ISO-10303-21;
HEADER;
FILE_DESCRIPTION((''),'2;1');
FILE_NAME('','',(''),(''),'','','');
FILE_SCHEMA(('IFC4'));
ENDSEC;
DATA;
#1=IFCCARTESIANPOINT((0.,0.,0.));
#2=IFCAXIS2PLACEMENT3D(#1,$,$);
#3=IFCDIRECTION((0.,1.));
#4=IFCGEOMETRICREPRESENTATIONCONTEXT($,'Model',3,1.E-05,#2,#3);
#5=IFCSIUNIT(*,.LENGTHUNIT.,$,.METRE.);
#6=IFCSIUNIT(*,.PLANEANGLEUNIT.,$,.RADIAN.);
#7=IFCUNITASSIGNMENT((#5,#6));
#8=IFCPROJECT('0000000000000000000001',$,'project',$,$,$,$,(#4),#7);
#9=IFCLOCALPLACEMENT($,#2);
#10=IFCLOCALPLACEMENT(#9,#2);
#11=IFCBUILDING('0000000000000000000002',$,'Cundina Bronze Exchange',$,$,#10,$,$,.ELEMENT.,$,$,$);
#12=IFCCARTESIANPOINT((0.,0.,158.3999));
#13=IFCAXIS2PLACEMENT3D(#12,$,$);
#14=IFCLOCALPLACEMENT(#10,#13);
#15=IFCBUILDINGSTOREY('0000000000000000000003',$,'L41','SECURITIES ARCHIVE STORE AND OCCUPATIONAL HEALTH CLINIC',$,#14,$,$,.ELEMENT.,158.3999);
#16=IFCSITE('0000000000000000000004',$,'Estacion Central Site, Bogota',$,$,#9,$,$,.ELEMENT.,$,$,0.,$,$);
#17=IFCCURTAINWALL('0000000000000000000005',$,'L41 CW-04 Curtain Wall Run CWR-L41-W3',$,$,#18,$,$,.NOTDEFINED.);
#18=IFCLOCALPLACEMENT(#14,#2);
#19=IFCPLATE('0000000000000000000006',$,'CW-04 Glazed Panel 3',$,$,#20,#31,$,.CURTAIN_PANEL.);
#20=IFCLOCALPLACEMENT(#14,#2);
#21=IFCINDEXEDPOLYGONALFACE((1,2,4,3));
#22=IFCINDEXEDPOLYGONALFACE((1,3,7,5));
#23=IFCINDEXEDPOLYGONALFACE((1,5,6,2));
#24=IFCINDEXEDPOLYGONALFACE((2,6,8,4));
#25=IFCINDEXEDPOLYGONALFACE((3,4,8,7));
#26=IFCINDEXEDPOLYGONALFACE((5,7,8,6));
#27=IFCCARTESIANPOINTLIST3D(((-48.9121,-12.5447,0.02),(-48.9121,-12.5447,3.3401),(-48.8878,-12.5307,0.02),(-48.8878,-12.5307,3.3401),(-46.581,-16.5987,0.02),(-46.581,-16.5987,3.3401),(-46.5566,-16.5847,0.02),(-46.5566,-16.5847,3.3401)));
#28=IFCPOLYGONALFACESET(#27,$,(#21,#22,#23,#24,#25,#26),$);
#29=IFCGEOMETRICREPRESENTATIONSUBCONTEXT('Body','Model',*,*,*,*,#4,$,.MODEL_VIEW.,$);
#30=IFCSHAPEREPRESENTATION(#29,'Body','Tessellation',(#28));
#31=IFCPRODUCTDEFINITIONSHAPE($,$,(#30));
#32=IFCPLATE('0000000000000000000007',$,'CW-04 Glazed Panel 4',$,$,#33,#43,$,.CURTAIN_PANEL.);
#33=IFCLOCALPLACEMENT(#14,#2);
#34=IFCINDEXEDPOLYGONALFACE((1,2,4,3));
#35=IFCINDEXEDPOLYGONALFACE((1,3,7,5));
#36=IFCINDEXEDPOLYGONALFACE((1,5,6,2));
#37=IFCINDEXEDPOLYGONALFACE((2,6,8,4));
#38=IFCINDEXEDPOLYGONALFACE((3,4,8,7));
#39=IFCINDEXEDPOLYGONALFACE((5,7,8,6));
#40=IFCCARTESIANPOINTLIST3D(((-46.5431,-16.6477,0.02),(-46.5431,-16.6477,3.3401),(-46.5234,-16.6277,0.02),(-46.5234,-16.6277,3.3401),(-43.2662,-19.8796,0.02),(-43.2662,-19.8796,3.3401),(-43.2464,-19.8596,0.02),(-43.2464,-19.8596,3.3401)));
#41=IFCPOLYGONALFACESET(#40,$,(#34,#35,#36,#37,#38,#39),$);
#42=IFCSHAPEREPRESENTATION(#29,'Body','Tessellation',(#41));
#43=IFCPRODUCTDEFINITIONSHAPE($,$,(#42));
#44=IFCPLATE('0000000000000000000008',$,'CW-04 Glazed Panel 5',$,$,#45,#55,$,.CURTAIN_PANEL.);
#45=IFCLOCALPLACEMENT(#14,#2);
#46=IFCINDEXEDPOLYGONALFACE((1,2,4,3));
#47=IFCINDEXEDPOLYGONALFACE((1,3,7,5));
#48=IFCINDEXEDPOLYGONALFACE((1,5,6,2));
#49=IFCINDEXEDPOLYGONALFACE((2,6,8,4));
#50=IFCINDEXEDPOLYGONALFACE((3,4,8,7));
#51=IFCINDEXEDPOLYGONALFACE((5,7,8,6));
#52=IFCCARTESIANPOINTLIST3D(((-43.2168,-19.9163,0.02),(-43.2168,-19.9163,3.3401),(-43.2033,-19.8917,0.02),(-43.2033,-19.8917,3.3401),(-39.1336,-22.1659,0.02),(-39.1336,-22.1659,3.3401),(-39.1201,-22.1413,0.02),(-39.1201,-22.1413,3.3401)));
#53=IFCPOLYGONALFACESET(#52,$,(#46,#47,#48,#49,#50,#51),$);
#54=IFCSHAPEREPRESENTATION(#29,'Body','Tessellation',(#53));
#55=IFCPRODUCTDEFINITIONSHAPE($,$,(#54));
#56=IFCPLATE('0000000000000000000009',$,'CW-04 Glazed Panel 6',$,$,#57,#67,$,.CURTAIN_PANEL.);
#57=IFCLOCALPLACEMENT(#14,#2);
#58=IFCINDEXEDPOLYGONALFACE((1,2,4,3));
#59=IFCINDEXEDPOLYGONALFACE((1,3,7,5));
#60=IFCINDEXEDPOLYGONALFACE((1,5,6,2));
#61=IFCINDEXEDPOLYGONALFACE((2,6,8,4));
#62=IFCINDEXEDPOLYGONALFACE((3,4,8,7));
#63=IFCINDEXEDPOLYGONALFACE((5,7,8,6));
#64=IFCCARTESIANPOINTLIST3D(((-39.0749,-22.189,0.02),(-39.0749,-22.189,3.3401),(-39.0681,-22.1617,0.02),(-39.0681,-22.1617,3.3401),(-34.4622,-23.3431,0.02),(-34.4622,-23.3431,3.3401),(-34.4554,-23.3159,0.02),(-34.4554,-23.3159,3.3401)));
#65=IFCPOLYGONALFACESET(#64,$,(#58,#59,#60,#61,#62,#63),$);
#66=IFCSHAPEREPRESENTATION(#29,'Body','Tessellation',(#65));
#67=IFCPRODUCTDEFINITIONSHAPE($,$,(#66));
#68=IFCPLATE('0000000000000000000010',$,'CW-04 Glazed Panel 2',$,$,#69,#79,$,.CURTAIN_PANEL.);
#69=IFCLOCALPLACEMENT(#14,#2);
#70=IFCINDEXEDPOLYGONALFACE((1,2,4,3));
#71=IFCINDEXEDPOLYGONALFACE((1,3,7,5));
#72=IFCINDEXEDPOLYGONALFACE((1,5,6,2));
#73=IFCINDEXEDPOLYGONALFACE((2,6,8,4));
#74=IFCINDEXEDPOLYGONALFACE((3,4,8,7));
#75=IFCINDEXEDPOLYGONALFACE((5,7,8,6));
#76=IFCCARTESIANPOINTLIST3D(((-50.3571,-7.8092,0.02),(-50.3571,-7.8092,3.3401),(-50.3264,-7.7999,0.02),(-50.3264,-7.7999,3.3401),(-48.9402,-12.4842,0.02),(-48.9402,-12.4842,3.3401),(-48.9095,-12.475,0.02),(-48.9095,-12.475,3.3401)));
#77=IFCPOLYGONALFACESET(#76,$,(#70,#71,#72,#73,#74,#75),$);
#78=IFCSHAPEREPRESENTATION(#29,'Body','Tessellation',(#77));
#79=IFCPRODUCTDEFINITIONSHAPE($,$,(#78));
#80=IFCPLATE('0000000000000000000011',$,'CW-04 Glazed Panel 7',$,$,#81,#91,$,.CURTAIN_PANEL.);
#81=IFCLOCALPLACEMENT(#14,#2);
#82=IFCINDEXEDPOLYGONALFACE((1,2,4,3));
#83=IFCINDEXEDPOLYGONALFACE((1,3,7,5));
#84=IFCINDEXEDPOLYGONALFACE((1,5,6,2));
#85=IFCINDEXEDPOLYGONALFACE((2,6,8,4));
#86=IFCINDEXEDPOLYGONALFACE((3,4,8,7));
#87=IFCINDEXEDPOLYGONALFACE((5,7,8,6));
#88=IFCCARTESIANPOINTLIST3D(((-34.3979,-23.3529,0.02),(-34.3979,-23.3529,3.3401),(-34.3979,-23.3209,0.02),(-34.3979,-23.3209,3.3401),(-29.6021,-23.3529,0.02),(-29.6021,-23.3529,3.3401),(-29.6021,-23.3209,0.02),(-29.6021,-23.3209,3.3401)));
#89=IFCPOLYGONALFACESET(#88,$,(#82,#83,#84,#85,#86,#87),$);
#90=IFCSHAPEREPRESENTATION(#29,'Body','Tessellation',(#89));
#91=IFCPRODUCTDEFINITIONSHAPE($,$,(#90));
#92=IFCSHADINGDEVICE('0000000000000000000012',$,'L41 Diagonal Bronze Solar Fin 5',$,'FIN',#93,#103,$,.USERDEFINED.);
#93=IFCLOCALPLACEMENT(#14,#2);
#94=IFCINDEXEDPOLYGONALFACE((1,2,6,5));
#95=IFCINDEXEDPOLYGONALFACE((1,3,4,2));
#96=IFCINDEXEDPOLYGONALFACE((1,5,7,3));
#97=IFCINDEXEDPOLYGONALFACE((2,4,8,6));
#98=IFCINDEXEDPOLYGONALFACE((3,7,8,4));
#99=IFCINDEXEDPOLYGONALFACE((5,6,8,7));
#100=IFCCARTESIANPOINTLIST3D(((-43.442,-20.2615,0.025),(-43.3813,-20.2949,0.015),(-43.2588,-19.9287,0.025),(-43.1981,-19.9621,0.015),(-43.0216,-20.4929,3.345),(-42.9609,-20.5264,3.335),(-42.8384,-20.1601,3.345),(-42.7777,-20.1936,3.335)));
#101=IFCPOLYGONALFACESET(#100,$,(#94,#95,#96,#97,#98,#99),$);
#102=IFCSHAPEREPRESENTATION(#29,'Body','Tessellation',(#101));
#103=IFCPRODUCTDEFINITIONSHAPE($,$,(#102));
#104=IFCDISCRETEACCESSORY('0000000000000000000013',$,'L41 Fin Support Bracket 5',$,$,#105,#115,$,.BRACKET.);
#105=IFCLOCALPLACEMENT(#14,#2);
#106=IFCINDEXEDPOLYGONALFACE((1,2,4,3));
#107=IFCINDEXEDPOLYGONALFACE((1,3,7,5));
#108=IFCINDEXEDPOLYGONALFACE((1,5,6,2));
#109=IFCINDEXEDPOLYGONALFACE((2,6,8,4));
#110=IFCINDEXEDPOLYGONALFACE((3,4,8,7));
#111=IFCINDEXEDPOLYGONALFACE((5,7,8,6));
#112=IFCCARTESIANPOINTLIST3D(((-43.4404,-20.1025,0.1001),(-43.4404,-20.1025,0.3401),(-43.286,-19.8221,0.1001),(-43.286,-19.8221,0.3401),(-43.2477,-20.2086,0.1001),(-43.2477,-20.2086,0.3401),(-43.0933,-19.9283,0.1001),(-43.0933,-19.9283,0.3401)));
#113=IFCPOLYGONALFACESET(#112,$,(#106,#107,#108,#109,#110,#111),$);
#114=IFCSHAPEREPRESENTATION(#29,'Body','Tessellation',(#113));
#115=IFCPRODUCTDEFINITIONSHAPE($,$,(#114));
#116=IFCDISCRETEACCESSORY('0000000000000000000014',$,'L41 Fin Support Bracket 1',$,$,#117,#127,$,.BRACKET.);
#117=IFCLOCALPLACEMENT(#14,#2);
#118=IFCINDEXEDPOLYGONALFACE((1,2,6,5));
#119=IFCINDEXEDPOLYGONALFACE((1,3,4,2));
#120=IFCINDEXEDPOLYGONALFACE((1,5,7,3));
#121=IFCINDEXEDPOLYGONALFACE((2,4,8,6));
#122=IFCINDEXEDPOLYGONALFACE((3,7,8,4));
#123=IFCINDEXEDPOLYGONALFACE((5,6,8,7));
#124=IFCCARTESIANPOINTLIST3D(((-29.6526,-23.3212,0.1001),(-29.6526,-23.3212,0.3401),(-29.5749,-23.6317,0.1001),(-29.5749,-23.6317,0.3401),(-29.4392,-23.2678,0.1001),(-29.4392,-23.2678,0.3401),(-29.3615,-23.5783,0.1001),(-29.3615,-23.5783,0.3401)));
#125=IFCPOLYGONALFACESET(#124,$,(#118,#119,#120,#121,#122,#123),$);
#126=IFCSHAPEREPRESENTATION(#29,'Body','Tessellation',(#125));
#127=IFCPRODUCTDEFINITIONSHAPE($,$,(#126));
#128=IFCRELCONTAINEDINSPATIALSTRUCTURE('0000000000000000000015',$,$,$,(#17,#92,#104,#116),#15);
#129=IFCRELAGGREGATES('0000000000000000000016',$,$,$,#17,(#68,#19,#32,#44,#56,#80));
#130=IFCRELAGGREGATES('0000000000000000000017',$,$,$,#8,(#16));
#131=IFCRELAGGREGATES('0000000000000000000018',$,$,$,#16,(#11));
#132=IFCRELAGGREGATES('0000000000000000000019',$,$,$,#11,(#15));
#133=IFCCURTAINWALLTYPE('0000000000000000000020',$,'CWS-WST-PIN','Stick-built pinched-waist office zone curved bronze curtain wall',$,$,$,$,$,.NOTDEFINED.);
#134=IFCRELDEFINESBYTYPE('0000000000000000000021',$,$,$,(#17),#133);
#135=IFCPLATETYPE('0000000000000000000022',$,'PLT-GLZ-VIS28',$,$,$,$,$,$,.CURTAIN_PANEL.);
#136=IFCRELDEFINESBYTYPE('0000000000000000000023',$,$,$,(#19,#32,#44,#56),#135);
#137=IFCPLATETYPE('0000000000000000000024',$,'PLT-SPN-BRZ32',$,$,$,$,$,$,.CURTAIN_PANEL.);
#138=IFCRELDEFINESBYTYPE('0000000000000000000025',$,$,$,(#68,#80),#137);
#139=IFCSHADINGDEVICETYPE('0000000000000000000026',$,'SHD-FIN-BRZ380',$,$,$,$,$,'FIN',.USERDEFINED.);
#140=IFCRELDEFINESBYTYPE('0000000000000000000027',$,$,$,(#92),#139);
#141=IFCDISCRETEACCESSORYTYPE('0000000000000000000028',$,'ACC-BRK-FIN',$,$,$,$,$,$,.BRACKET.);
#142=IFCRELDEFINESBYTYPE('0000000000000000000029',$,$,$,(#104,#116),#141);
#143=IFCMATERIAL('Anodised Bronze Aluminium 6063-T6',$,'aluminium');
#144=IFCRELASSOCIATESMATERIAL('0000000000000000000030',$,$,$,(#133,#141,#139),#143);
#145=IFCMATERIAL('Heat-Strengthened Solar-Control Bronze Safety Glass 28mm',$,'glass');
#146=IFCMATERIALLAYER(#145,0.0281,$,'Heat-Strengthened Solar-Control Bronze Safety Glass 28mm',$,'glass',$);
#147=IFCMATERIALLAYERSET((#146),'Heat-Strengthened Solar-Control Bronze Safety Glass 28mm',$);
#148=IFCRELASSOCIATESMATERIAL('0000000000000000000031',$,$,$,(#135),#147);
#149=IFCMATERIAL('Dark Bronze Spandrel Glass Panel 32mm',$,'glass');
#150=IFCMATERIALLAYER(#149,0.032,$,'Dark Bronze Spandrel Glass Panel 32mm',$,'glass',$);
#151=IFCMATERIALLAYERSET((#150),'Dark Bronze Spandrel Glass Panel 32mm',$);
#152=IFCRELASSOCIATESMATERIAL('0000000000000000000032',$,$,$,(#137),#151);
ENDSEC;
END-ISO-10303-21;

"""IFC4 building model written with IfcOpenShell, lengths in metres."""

from ifc_helpers import new_model, si_unit, direction, frame, origin, origin_2d, place, context, subcontext, project, spatial, rectangle, extrude, material, layer, layer_set, material_profile, profile_set, type_object, element, aggregate, save


model = new_model("IFC4")

# Units and contexts
model_context = context("Model", 3, precision=1e-05, world=origin(), true_north=direction((0.0, 1.0)))
body_context = subcontext(model_context, "Body", "Model", "MODEL_VIEW")
ifc_project = project(units=[si_unit("LENGTHUNIT", "METRE"), si_unit("PLANEANGLEUNIT", "RADIAN")], contexts=[model_context])

# Site, building, storey
site_placement = place(None, origin())
site = spatial("IfcSite", under=ifc_project, at=site_placement, Name="Estacion Central Site, Bogota", CompositionType="ELEMENT", RefElevation=0.0)
building_placement = place(site_placement, origin())
building = spatial("IfcBuilding", under=site, at=building_placement, Name="Cundina Bronze Exchange", CompositionType="ELEMENT")
storey_placement = place(building_placement, frame((0.0, 0.0, 158.3999)))
storey = spatial("IfcBuildingStorey", under=building, at=storey_placement, Name="L41", Description="SECURITIES ARCHIVE STORE AND OCCUPATIONAL HEALTH CLINIC", CompositionType="ELEMENT", Elevation=158.3999)

# Curtain wall
ifc_material_1 = material(Name="Anodised Bronze Aluminium 6063-T6", Category="aluminium")
curtain_wall_type = type_object("IfcCurtainWallType", Name="CWS-WST-PIN", Description="Stick-built pinched-waist office zone curved bronze curtain wall", PredefinedType="NOTDEFINED", material=ifc_material_1)
curtain_wall_1_placement = place(storey_placement, origin())
curtain_wall_1 = element("IfcCurtainWall", 1, at=curtain_wall_1_placement, inside=storey, type_object=curtain_wall_type, Name="L41 CW-04 Curtain Wall Run CWR-L41-W3", PredefinedType="NOTDEFINED")

# Plates
ifc_material_2 = material(Name="Heat-Strengthened Solar-Control Bronze Safety Glass 28mm", Category="glass")
ifc_layer_1 = layer(ifc_material_2, 0.0281, Name="Heat-Strengthened Solar-Control Bronze Safety Glass 28mm", Category="glass")
ifc_layer_set_1 = layer_set([ifc_layer_1], Name="Heat-Strengthened Solar-Control Bronze Safety Glass 28mm")
plate_type_1 = type_object("IfcPlateType", Name="PLT-GLZ-VIS28", PredefinedType="CURTAIN_PANEL", material=ifc_layer_set_1)
plate_1_placement = place(storey_placement, frame((-47.7344, -14.5647, 0.02), z_axis=(0.0, 0.0, 1.0), x_axis=(0.498488, -0.866897, 0.0)))
plate_1 = element("IfcPlate", 2, at=plate_1_placement, type_object=plate_type_1, Name="CW-04 Glazed Panel 3", PredefinedType="CURTAIN_PANEL", context=body_context, shape_type="SweptSolid", body=[
    extrude(rectangle(XDim=4.6765, YDim=0.0281, at=origin_2d()), origin(), (0.0, 0.0, 1.0), 3.3201),
])
plate_2_placement = place(storey_placement, frame((-44.8948, -18.2537, 0.02), z_axis=(0.0, 0.0, 1.0), x_axis=(0.711989, -0.70219, 0.0)))
plate_2 = element("IfcPlate", 3, at=plate_2_placement, type_object=plate_type_1, Name="CW-04 Glazed Panel 4", PredefinedType="CURTAIN_PANEL", context=body_context, shape_type="SweptSolid", body=[
    extrude(rectangle(XDim=4.6025, YDim=0.0281, at=origin_2d()), origin(), (0.0, 0.0, 1.0), 3.3201),
])
plate_3_placement = place(storey_placement, frame((-41.1685, -21.0288, 0.02), z_axis=(0.0, 0.0, 1.0), x_axis=(0.875869, -0.482549, 0.0)))
plate_3 = element("IfcPlate", 4, at=plate_3_placement, type_object=plate_type_1, Name="CW-04 Glazed Panel 5", PredefinedType="CURTAIN_PANEL", context=body_context, shape_type="SweptSolid", body=[
    extrude(rectangle(XDim=4.6619, YDim=0.0281, at=origin_2d()), origin(), (0.0, 0.0, 1.0), 3.3201),
])
plate_4_placement = place(storey_placement, frame((-36.7651, -22.7524, 0.02), z_axis=(0.0, 0.0, 1.0), x_axis=(0.970093, -0.242735, 0.0)))
plate_4 = element("IfcPlate", 5, at=plate_4_placement, type_object=plate_type_1, Name="CW-04 Glazed Panel 6", PredefinedType="CURTAIN_PANEL", context=body_context, shape_type="SweptSolid", body=[
    extrude(rectangle(XDim=4.7549, YDim=0.0281, at=origin_2d()), origin(), (0.0, 0.0, 1.0), 3.3201),
])
ifc_material_3 = material(Name="Dark Bronze Spandrel Glass Panel 32mm", Category="glass")
ifc_layer_2 = layer(ifc_material_3, 0.032, Name="Dark Bronze Spandrel Glass Panel 32mm", Category="glass")
ifc_layer_set_2 = layer_set([ifc_layer_2], Name="Dark Bronze Spandrel Glass Panel 32mm")
plate_type_2 = type_object("IfcPlateType", Name="PLT-SPN-BRZ32", PredefinedType="CURTAIN_PANEL", material=ifc_layer_set_2)
plate_5_placement = place(storey_placement, frame((-49.6333, -10.1421, 0.02), z_axis=(0.0, 0.0, 1.0), x_axis=(0.290051, -0.957011, 0.0)))
plate_5 = element("IfcPlate", 6, at=plate_5_placement, type_object=plate_type_2, Name="CW-04 Glazed Panel 2", PredefinedType="CURTAIN_PANEL", context=body_context, shape_type="SweptSolid", body=[
    extrude(rectangle(XDim=4.885, YDim=0.032, at=origin_2d()), origin(), (0.0, 0.0, 1.0), 3.3201),
])
plate_6_placement = place(storey_placement, frame((-32.0, -23.3369, 0.02), z_axis=(0.0, 0.0, 1.0), x_axis=(1.0, 0.0, 0.0)))
plate_6 = element("IfcPlate", 7, at=plate_6_placement, type_object=plate_type_2, Name="CW-04 Glazed Panel 7", PredefinedType="CURTAIN_PANEL", context=body_context, shape_type="SweptSolid", body=[
    extrude(rectangle(XDim=4.7959, YDim=0.032, at=origin_2d()), origin(), (0.0, 0.0, 1.0), 3.3201),
])
aggregate(curtain_wall_1, [plate_5, plate_1, plate_2, plate_3, plate_4, plate_6])

# Shading device
ifc_material_profile_1 = material_profile(ifc_material_1, rectangle(XDim=0.0701, YDim=0.3799, at=origin_2d()), Name="FIN70X380", Category="aluminium")
ifc_profile_set_1 = profile_set([ifc_material_profile_1], Name="Anodised Bronze Aluminium 6063-T6")
shading_device_type = type_object("IfcShadingDeviceType", Name="SHD-FIN-BRZ380", ElementType="FIN", PredefinedType="USERDEFINED", material=ifc_profile_set_1)
shading_device_placement = place(storey_placement, frame((-43.3201, -20.1118, 0.02), z_axis=(0.125324, -0.068994, 0.989714), x_axis=(-0.867012, 0.47731, 0.143061)))
element("IfcShadingDevice", 8, at=shading_device_placement, inside=storey, type_object=shading_device_type, Name="L41 Diagonal Bronze Solar Fin 5", ObjectType="FIN", PredefinedType="USERDEFINED", context=body_context, shape_type="SweptSolid", body=[
    extrude(rectangle(XDim=0.0701, YDim=0.3799, at=origin_2d()), origin(), (0.0, 0.0, 1.0), 3.3545),
])

# Discrete accessories
discrete_accessory_type = type_object("IfcDiscreteAccessoryType", Name="ACC-BRK-FIN", PredefinedType="BRACKET", material=ifc_material_1)
for number, where, z_axis, x_axis, name in (
    (9, (-43.2668, -20.0154, 0.1001), (0.0, 0.0, 1.0), (0.875869, -0.482549, 0.0), "L41 Fin Support Bracket 5"),
    (10, (-29.5071, -23.4497, 0.1001), (0.0, 0.0, 1.0), (0.970093, 0.242735, 0.0), "L41 Fin Support Bracket 1"),
):
    element("IfcDiscreteAccessory", number, at=place(storey_placement, frame(where, z_axis=z_axis, x_axis=x_axis)), inside=storey, type_object=discrete_accessory_type, Name=name, PredefinedType="BRACKET", context=body_context, shape_type="SweptSolid", body=[
        extrude(rectangle(XDim=0.22, YDim=0.3201, at=origin_2d()), origin(), (0.0, 0.0, 1.0), 0.24),
    ])

save(model, "model.ifc")
